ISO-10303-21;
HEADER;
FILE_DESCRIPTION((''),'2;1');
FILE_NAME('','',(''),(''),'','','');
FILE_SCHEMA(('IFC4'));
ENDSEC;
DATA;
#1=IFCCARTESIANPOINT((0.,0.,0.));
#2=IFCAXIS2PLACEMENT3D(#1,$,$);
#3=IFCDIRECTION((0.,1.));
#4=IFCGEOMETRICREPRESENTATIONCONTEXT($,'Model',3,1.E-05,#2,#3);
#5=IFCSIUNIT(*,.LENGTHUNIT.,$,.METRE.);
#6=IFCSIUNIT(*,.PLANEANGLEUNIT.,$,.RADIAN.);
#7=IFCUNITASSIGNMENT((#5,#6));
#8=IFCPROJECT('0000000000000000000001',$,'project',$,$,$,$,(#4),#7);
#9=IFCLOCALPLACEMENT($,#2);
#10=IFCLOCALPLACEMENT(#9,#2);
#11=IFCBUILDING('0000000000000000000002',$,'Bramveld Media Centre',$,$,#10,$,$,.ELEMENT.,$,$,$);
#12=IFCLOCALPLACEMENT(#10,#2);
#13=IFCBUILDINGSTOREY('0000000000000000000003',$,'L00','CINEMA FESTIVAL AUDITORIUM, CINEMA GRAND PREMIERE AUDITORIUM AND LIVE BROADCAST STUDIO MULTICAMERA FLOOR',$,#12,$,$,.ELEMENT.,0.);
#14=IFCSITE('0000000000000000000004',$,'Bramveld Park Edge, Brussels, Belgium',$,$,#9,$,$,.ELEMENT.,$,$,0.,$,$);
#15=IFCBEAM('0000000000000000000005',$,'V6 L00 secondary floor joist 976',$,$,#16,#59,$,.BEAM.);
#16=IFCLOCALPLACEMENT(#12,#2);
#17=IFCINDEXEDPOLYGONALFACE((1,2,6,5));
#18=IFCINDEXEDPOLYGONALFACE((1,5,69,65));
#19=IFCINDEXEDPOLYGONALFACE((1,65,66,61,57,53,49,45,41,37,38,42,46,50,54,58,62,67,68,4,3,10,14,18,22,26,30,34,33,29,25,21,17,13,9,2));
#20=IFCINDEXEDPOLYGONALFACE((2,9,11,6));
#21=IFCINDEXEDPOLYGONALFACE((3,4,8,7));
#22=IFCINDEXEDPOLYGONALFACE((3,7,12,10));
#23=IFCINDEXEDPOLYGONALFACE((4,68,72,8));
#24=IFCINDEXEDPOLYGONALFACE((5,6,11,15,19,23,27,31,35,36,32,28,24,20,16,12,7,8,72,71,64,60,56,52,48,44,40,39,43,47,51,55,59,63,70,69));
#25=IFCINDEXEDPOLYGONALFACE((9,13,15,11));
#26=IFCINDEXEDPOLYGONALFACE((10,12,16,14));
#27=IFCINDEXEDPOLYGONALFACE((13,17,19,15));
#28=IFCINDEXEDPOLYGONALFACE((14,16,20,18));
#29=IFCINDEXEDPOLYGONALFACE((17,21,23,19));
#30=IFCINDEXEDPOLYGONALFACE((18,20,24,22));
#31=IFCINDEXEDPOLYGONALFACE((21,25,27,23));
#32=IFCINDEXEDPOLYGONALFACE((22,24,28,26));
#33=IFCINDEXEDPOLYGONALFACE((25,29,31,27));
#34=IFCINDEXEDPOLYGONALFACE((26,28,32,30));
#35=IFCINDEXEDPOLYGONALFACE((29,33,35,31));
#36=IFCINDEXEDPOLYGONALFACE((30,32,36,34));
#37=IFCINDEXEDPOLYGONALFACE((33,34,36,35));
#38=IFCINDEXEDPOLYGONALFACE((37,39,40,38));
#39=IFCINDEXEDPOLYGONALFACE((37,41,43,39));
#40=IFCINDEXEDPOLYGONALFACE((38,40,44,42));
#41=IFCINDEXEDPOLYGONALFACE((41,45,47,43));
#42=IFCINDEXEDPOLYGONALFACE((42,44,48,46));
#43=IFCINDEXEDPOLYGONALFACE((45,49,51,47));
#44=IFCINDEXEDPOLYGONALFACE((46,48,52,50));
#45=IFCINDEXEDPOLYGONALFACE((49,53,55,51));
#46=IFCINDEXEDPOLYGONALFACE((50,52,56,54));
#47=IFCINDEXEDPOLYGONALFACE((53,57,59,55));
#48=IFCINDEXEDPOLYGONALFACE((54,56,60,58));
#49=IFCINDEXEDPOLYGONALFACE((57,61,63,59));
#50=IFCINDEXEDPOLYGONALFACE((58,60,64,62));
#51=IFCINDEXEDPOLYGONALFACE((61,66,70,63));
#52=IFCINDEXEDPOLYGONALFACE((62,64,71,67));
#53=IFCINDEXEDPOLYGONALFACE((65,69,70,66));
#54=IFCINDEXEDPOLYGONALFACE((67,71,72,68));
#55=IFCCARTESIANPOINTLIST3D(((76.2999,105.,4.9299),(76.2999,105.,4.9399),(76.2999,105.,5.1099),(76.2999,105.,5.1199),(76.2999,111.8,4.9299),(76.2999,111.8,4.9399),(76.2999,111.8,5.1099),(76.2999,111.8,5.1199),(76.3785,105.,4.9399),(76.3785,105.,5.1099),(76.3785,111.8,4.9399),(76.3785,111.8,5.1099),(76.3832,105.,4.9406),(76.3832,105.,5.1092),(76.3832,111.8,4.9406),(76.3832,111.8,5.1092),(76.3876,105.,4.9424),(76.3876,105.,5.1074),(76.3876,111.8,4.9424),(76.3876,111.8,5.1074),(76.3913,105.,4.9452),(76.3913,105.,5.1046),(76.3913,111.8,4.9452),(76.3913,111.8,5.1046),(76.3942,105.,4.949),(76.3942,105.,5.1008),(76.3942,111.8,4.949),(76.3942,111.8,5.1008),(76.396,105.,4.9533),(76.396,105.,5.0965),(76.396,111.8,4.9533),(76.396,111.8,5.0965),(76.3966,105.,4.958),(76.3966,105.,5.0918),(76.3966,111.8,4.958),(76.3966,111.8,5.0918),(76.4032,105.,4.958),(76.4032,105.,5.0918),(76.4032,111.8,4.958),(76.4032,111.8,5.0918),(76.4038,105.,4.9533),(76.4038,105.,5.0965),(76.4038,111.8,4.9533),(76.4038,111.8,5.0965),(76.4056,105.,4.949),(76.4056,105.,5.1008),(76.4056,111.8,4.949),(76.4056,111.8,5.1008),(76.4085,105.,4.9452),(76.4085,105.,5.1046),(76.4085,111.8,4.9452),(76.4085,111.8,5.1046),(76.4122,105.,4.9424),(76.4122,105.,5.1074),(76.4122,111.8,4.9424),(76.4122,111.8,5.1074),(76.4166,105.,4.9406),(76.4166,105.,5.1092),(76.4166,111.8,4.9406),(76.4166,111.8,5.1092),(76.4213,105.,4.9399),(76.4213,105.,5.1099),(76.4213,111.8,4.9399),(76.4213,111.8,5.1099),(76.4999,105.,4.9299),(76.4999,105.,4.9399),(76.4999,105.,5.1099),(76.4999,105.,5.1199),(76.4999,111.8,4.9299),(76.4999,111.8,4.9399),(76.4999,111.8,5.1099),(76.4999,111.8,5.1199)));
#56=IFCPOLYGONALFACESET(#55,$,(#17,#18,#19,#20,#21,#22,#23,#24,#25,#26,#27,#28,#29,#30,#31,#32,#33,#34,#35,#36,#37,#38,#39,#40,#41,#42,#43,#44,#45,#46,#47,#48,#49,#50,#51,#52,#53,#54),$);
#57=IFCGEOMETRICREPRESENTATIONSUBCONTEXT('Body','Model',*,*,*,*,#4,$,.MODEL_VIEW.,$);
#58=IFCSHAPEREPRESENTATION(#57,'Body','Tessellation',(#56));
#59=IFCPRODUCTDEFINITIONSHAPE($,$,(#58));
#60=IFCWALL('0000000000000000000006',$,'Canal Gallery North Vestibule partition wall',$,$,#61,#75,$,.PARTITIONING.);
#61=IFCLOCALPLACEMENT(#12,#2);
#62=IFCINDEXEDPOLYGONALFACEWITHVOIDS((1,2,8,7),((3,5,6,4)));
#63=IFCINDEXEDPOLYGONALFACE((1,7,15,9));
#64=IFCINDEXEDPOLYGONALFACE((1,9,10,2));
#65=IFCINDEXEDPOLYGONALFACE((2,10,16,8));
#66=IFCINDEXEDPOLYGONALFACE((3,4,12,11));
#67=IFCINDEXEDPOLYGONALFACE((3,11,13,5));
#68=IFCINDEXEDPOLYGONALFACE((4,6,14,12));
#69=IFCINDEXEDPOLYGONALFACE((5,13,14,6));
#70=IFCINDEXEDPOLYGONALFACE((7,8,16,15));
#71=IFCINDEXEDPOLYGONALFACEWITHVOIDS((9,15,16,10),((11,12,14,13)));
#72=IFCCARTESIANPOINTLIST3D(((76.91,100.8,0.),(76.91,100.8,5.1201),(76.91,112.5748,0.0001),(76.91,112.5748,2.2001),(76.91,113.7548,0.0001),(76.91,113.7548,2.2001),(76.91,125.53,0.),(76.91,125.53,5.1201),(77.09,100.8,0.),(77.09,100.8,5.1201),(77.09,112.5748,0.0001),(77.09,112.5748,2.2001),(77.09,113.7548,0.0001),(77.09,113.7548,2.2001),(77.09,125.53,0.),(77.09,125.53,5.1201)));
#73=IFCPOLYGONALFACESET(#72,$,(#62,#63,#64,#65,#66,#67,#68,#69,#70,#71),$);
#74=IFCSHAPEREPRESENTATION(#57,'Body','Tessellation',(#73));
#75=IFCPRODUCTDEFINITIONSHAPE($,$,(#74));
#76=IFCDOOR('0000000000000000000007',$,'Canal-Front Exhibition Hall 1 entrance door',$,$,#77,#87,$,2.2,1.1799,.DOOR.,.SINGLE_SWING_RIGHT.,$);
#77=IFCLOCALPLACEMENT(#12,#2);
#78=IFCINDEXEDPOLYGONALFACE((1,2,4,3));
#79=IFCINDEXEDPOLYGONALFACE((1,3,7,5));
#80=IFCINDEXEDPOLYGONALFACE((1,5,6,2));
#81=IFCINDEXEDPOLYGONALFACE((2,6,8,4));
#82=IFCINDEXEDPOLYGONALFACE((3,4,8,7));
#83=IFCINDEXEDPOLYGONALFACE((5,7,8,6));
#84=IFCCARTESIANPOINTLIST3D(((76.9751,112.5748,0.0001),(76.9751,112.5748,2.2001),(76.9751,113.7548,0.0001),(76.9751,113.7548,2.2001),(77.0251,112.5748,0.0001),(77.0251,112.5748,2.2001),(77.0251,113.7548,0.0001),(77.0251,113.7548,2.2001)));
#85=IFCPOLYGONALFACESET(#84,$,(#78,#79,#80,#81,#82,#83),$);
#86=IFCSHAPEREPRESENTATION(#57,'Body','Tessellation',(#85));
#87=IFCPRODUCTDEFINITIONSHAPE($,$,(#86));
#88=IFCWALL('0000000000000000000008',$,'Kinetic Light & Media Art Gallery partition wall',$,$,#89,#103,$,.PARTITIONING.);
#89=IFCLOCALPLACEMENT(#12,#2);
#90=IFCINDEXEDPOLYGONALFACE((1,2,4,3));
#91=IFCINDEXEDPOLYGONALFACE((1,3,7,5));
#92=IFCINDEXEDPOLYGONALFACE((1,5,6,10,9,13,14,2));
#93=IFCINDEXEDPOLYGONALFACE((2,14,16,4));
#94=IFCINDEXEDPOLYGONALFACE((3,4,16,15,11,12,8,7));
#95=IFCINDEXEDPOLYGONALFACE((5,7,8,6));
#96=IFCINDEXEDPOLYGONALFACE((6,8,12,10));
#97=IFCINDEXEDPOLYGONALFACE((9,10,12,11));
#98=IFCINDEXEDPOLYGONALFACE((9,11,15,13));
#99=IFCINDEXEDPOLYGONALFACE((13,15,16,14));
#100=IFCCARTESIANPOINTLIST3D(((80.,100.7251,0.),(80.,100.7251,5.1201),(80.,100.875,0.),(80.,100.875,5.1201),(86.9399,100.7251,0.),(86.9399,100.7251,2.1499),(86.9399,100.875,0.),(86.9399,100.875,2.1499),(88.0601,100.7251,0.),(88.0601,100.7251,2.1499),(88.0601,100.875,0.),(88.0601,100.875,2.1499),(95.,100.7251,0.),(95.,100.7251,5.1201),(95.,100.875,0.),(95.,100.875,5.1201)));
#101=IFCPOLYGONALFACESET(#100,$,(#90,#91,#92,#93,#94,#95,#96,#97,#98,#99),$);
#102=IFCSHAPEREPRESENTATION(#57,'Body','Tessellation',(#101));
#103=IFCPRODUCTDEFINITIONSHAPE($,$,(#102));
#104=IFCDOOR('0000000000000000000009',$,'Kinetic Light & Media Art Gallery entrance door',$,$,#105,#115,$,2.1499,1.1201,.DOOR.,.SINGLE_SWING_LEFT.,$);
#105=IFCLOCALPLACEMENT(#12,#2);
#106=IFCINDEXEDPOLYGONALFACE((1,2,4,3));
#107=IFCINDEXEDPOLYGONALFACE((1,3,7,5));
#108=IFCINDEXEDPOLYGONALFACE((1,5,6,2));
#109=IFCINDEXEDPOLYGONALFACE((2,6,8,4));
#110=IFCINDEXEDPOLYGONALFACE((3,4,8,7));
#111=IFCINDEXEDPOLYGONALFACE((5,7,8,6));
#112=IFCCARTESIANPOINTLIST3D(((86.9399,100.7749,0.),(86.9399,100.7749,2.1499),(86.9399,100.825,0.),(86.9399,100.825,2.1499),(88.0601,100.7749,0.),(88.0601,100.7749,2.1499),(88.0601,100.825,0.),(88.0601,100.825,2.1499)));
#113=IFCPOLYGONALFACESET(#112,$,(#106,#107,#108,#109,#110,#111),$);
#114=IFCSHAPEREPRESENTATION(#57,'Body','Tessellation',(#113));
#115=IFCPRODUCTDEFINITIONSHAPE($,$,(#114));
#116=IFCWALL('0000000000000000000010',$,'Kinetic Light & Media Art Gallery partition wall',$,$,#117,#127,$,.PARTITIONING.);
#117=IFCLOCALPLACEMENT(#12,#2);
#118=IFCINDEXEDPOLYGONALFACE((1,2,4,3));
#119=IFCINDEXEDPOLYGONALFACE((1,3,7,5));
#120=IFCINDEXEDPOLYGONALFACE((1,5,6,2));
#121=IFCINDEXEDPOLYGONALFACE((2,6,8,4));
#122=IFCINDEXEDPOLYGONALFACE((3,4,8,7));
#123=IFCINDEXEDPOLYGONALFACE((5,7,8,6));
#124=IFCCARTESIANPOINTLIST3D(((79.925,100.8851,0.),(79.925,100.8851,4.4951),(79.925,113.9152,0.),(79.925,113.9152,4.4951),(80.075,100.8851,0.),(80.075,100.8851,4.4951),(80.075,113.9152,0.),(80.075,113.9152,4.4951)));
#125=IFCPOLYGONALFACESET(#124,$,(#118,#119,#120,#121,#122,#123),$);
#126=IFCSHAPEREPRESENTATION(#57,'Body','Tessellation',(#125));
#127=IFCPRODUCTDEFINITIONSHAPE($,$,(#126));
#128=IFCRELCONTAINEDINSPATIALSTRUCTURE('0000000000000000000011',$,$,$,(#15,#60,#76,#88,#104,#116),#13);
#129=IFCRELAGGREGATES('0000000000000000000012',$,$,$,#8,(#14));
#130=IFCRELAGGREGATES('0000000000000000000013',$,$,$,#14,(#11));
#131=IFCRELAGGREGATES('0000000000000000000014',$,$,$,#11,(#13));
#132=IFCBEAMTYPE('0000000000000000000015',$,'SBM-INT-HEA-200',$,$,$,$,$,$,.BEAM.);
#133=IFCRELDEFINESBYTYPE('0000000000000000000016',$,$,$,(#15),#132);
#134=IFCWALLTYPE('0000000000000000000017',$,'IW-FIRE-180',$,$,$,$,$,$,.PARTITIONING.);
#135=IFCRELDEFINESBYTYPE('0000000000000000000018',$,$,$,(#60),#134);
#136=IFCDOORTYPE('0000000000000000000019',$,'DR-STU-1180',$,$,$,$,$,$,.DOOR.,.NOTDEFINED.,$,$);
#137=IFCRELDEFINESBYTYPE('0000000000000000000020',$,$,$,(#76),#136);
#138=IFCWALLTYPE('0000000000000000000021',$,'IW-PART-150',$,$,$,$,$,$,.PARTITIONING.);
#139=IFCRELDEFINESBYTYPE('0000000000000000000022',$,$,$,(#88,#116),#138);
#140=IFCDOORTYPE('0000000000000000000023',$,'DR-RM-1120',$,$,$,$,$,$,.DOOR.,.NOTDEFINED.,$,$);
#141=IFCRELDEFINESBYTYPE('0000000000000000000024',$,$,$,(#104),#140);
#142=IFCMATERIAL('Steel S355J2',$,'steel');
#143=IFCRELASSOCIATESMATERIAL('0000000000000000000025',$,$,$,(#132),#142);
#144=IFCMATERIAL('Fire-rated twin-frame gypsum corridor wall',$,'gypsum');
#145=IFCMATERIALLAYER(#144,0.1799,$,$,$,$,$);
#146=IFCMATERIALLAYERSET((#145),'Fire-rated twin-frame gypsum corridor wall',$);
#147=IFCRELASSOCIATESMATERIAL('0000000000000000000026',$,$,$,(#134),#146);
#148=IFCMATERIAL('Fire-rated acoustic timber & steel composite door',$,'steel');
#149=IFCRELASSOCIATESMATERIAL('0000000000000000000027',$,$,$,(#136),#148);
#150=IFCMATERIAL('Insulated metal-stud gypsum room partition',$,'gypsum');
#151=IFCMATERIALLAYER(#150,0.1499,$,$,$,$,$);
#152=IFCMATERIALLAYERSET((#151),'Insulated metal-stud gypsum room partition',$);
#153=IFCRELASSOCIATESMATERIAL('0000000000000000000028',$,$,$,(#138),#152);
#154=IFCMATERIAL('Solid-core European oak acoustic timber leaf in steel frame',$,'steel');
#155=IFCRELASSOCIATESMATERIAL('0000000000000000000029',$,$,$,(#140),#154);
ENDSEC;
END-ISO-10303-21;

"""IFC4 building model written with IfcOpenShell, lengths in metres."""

from ifc_helpers import new_model, si_unit, direction, frame, frame_2d, origin, origin_2d, place, context, subcontext, project, spatial, rectangle, i_section, extrude, material, layer, layer_set, material_profile, profile_set, type_object, element, fill, save


model = new_model("IFC4")

# Units and contexts
model_context = context("Model", 3, precision=1e-05, world=origin(), true_north=direction((0.0, 1.0)))
body_context = subcontext(model_context, "Body", "Model", "MODEL_VIEW")
ifc_project = project(units=[si_unit("LENGTHUNIT", "METRE"), si_unit("PLANEANGLEUNIT", "RADIAN")], contexts=[model_context])

# Site, building, storey
site_placement = place(None, origin())
site = spatial("IfcSite", under=ifc_project, at=site_placement, Name="Bramveld Park Edge, Brussels, Belgium", CompositionType="ELEMENT", RefElevation=0.0)
building_placement = place(site_placement, origin())
building = spatial("IfcBuilding", under=site, at=building_placement, Name="Bramveld Media Centre", CompositionType="ELEMENT")
storey_placement = place(building_placement, origin())
storey = spatial("IfcBuildingStorey", under=building, at=storey_placement, Name="L00", Description="CINEMA FESTIVAL AUDITORIUM, CINEMA GRAND PREMIERE AUDITORIUM AND LIVE BROADCAST STUDIO MULTICAMERA FLOOR", CompositionType="ELEMENT", Elevation=0.0)

# Beam
ifc_material_1 = material(Name="Steel S355J2", Category="steel")
ifc_material_profile_1 = material_profile(ifc_material_1, i_section(OverallWidth=0.2, OverallDepth=0.1899, WebThickness=0.0066, FlangeThickness=0.01, FilletRadius=0.0181, at=origin_2d()), Name="HEA 200")
ifc_profile_set_1 = profile_set([ifc_material_profile_1], Name="Steel S355J2")
beam_type_1 = type_object("IfcBeamType", Name="SBM-INT-HEA-200", PredefinedType="BEAM", material=ifc_profile_set_1)
beam_1_placement = place(storey_placement, frame((76.3999, 105.0, 5.0249), z_axis=(0.0, 1.0, 0.0), x_axis=(-1.0, 0.0, 0.0)))
element("IfcBeam", 1, at=beam_1_placement, inside=storey, type_object=beam_type_1, Name="V6 L00 secondary floor joist 976", PredefinedType="BEAM", context=body_context, shape_type="SweptSolid", body=[
    extrude(i_section(OverallWidth=0.2, OverallDepth=0.1899, WebThickness=0.0066, FlangeThickness=0.01, FilletRadius=0.0181, at=origin_2d()), origin(), (0.0, 0.0, 1.0), 6.8),
])

# Walls, openings, doors
ifc_material_2 = material(Name="Fire-rated twin-frame gypsum corridor wall", Category="gypsum")
ifc_layer_1 = layer(ifc_material_2, 0.1799)
ifc_layer_set_1 = layer_set([ifc_layer_1], Name="Fire-rated twin-frame gypsum corridor wall")
wall_type_1 = type_object("IfcWallType", Name="IW-FIRE-180", PredefinedType="PARTITIONING", material=ifc_layer_set_1)
wall_1_placement = place(storey_placement, frame((77.0, 100.8, 0.0), z_axis=(0.0, 0.0, 1.0), x_axis=(0.0, 1.0, 0.0)))
wall_1 = element("IfcWall", 2, at=wall_1_placement, inside=storey, type_object=wall_type_1, Name="Canal Gallery North Vestibule partition wall", PredefinedType="PARTITIONING", context=body_context, shape_type="SweptSolid", body=[
    extrude(rectangle(XDim=24.73, YDim=0.1799, at=frame_2d((12.365, 0.0))), origin(), (0.0, 0.0, 1.0), 5.1201),
])
opening_1_placement = place(wall_1_placement, frame((11.7749, 0.0, 0.0)))
opening_1 = element("IfcOpeningElement", 3, at=opening_1_placement, cuts=wall_1, PredefinedType="OPENING", context=body_context, shape_type="SweptSolid", body=[
    extrude(rectangle(XDim=1.1799, YDim=2.2, at=frame_2d((0.5898, 1.1001))), frame((0.0, 0.1021, 0.0), z_axis=(0.0, -1.0, 0.0), x_axis=(1.0, 0.0, 0.0)), (0.0, 0.0, 1.0), 0.2039),
])
ifc_material_3 = material(Name="Fire-rated acoustic timber & steel composite door", Category="steel")
door_type_1 = type_object("IfcDoorType", Name="DR-STU-1180", OperationType="NOTDEFINED", PredefinedType="DOOR", material=ifc_material_3)
door_1_placement = place(opening_1_placement, origin())
door_1 = element("IfcDoor", 4, at=door_1_placement, inside=storey, type_object=door_type_1, Name="Canal-Front Exhibition Hall 1 entrance door", OperationType="SINGLE_SWING_RIGHT", OverallHeight=2.2, OverallWidth=1.1799, PredefinedType="DOOR", context=body_context, shape_type="SweptSolid", body=[
    extrude(rectangle(XDim=1.1799, YDim=2.2, at=frame_2d((0.5898, 1.1001))), frame((0.0, 0.0249, 0.0), z_axis=(0.0, -1.0, 0.0), x_axis=(1.0, 0.0, 0.0)), (0.0, 0.0, 1.0), 0.05),
])
fill(opening_1, door_1)
ifc_material_4 = material(Name="Insulated metal-stud gypsum room partition", Category="gypsum")
ifc_layer_2 = layer(ifc_material_4, 0.1499)
ifc_layer_set_2 = layer_set([ifc_layer_2], Name="Insulated metal-stud gypsum room partition")
wall_type_2 = type_object("IfcWallType", Name="IW-PART-150", PredefinedType="PARTITIONING", material=ifc_layer_set_2)
wall_2_placement = place(storey_placement, frame((80.0, 100.8, 0.0), z_axis=(0.0, 0.0, 1.0), x_axis=(1.0, 0.0, 0.0)))
wall_2 = element("IfcWall", 5, at=wall_2_placement, inside=storey, type_object=wall_type_2, Name="Kinetic Light & Media Art Gallery partition wall", PredefinedType="PARTITIONING", context=body_context, shape_type="SweptSolid", body=[
    extrude(rectangle(XDim=15.0, YDim=0.1499, at=frame_2d((7.5, 0.0))), origin(), (0.0, 0.0, 1.0), 5.1201),
])
opening_2_placement = place(wall_2_placement, frame((6.9399, 0.0, 0.0)))
opening_2 = element("IfcOpeningElement", 6, at=opening_2_placement, cuts=wall_2, PredefinedType="OPENING", context=body_context, shape_type="SweptSolid", body=[
    extrude(rectangle(XDim=1.1201, YDim=2.1499, at=frame_2d((0.5601, 1.075))), frame((0.0, 0.0869, 0.0), z_axis=(0.0, -1.0, 0.0), x_axis=(1.0, 0.0, 0.0)), (0.0, 0.0, 1.0), 0.1738),
])
ifc_material_5 = material(Name="Solid-core European oak acoustic timber leaf in steel frame", Category="steel")
door_type_2 = type_object("IfcDoorType", Name="DR-RM-1120", OperationType="NOTDEFINED", PredefinedType="DOOR", material=ifc_material_5)
door_2_placement = place(opening_2_placement, origin())
door_2 = element("IfcDoor", 7, at=door_2_placement, inside=storey, type_object=door_type_2, Name="Kinetic Light & Media Art Gallery entrance door", OperationType="SINGLE_SWING_LEFT", OverallHeight=2.1499, OverallWidth=1.1201, PredefinedType="DOOR", context=body_context, shape_type="SweptSolid", body=[
    extrude(rectangle(XDim=1.1201, YDim=2.1499, at=frame_2d((0.5601, 1.075))), frame((0.0, 0.0249, 0.0), z_axis=(0.0, -1.0, 0.0), x_axis=(1.0, 0.0, 0.0)), (0.0, 0.0, 1.0), 0.05),
])
fill(opening_2, door_2)

# Wall
wall_3_placement = place(storey_placement, frame((80.0, 100.885, 0.0), z_axis=(0.0, 0.0, 1.0), x_axis=(0.0, 1.0, 0.0)))
element("IfcWall", 8, at=wall_3_placement, inside=storey, type_object=wall_type_2, Name="Kinetic Light & Media Art Gallery partition wall", PredefinedType="PARTITIONING", context=body_context, shape_type="SweptSolid", body=[
    extrude(rectangle(XDim=13.03, YDim=0.1499, at=frame_2d((6.5151, 0.0))), origin(), (0.0, 0.0, 1.0), 4.4951),
])

save(model, "model.ifc")
